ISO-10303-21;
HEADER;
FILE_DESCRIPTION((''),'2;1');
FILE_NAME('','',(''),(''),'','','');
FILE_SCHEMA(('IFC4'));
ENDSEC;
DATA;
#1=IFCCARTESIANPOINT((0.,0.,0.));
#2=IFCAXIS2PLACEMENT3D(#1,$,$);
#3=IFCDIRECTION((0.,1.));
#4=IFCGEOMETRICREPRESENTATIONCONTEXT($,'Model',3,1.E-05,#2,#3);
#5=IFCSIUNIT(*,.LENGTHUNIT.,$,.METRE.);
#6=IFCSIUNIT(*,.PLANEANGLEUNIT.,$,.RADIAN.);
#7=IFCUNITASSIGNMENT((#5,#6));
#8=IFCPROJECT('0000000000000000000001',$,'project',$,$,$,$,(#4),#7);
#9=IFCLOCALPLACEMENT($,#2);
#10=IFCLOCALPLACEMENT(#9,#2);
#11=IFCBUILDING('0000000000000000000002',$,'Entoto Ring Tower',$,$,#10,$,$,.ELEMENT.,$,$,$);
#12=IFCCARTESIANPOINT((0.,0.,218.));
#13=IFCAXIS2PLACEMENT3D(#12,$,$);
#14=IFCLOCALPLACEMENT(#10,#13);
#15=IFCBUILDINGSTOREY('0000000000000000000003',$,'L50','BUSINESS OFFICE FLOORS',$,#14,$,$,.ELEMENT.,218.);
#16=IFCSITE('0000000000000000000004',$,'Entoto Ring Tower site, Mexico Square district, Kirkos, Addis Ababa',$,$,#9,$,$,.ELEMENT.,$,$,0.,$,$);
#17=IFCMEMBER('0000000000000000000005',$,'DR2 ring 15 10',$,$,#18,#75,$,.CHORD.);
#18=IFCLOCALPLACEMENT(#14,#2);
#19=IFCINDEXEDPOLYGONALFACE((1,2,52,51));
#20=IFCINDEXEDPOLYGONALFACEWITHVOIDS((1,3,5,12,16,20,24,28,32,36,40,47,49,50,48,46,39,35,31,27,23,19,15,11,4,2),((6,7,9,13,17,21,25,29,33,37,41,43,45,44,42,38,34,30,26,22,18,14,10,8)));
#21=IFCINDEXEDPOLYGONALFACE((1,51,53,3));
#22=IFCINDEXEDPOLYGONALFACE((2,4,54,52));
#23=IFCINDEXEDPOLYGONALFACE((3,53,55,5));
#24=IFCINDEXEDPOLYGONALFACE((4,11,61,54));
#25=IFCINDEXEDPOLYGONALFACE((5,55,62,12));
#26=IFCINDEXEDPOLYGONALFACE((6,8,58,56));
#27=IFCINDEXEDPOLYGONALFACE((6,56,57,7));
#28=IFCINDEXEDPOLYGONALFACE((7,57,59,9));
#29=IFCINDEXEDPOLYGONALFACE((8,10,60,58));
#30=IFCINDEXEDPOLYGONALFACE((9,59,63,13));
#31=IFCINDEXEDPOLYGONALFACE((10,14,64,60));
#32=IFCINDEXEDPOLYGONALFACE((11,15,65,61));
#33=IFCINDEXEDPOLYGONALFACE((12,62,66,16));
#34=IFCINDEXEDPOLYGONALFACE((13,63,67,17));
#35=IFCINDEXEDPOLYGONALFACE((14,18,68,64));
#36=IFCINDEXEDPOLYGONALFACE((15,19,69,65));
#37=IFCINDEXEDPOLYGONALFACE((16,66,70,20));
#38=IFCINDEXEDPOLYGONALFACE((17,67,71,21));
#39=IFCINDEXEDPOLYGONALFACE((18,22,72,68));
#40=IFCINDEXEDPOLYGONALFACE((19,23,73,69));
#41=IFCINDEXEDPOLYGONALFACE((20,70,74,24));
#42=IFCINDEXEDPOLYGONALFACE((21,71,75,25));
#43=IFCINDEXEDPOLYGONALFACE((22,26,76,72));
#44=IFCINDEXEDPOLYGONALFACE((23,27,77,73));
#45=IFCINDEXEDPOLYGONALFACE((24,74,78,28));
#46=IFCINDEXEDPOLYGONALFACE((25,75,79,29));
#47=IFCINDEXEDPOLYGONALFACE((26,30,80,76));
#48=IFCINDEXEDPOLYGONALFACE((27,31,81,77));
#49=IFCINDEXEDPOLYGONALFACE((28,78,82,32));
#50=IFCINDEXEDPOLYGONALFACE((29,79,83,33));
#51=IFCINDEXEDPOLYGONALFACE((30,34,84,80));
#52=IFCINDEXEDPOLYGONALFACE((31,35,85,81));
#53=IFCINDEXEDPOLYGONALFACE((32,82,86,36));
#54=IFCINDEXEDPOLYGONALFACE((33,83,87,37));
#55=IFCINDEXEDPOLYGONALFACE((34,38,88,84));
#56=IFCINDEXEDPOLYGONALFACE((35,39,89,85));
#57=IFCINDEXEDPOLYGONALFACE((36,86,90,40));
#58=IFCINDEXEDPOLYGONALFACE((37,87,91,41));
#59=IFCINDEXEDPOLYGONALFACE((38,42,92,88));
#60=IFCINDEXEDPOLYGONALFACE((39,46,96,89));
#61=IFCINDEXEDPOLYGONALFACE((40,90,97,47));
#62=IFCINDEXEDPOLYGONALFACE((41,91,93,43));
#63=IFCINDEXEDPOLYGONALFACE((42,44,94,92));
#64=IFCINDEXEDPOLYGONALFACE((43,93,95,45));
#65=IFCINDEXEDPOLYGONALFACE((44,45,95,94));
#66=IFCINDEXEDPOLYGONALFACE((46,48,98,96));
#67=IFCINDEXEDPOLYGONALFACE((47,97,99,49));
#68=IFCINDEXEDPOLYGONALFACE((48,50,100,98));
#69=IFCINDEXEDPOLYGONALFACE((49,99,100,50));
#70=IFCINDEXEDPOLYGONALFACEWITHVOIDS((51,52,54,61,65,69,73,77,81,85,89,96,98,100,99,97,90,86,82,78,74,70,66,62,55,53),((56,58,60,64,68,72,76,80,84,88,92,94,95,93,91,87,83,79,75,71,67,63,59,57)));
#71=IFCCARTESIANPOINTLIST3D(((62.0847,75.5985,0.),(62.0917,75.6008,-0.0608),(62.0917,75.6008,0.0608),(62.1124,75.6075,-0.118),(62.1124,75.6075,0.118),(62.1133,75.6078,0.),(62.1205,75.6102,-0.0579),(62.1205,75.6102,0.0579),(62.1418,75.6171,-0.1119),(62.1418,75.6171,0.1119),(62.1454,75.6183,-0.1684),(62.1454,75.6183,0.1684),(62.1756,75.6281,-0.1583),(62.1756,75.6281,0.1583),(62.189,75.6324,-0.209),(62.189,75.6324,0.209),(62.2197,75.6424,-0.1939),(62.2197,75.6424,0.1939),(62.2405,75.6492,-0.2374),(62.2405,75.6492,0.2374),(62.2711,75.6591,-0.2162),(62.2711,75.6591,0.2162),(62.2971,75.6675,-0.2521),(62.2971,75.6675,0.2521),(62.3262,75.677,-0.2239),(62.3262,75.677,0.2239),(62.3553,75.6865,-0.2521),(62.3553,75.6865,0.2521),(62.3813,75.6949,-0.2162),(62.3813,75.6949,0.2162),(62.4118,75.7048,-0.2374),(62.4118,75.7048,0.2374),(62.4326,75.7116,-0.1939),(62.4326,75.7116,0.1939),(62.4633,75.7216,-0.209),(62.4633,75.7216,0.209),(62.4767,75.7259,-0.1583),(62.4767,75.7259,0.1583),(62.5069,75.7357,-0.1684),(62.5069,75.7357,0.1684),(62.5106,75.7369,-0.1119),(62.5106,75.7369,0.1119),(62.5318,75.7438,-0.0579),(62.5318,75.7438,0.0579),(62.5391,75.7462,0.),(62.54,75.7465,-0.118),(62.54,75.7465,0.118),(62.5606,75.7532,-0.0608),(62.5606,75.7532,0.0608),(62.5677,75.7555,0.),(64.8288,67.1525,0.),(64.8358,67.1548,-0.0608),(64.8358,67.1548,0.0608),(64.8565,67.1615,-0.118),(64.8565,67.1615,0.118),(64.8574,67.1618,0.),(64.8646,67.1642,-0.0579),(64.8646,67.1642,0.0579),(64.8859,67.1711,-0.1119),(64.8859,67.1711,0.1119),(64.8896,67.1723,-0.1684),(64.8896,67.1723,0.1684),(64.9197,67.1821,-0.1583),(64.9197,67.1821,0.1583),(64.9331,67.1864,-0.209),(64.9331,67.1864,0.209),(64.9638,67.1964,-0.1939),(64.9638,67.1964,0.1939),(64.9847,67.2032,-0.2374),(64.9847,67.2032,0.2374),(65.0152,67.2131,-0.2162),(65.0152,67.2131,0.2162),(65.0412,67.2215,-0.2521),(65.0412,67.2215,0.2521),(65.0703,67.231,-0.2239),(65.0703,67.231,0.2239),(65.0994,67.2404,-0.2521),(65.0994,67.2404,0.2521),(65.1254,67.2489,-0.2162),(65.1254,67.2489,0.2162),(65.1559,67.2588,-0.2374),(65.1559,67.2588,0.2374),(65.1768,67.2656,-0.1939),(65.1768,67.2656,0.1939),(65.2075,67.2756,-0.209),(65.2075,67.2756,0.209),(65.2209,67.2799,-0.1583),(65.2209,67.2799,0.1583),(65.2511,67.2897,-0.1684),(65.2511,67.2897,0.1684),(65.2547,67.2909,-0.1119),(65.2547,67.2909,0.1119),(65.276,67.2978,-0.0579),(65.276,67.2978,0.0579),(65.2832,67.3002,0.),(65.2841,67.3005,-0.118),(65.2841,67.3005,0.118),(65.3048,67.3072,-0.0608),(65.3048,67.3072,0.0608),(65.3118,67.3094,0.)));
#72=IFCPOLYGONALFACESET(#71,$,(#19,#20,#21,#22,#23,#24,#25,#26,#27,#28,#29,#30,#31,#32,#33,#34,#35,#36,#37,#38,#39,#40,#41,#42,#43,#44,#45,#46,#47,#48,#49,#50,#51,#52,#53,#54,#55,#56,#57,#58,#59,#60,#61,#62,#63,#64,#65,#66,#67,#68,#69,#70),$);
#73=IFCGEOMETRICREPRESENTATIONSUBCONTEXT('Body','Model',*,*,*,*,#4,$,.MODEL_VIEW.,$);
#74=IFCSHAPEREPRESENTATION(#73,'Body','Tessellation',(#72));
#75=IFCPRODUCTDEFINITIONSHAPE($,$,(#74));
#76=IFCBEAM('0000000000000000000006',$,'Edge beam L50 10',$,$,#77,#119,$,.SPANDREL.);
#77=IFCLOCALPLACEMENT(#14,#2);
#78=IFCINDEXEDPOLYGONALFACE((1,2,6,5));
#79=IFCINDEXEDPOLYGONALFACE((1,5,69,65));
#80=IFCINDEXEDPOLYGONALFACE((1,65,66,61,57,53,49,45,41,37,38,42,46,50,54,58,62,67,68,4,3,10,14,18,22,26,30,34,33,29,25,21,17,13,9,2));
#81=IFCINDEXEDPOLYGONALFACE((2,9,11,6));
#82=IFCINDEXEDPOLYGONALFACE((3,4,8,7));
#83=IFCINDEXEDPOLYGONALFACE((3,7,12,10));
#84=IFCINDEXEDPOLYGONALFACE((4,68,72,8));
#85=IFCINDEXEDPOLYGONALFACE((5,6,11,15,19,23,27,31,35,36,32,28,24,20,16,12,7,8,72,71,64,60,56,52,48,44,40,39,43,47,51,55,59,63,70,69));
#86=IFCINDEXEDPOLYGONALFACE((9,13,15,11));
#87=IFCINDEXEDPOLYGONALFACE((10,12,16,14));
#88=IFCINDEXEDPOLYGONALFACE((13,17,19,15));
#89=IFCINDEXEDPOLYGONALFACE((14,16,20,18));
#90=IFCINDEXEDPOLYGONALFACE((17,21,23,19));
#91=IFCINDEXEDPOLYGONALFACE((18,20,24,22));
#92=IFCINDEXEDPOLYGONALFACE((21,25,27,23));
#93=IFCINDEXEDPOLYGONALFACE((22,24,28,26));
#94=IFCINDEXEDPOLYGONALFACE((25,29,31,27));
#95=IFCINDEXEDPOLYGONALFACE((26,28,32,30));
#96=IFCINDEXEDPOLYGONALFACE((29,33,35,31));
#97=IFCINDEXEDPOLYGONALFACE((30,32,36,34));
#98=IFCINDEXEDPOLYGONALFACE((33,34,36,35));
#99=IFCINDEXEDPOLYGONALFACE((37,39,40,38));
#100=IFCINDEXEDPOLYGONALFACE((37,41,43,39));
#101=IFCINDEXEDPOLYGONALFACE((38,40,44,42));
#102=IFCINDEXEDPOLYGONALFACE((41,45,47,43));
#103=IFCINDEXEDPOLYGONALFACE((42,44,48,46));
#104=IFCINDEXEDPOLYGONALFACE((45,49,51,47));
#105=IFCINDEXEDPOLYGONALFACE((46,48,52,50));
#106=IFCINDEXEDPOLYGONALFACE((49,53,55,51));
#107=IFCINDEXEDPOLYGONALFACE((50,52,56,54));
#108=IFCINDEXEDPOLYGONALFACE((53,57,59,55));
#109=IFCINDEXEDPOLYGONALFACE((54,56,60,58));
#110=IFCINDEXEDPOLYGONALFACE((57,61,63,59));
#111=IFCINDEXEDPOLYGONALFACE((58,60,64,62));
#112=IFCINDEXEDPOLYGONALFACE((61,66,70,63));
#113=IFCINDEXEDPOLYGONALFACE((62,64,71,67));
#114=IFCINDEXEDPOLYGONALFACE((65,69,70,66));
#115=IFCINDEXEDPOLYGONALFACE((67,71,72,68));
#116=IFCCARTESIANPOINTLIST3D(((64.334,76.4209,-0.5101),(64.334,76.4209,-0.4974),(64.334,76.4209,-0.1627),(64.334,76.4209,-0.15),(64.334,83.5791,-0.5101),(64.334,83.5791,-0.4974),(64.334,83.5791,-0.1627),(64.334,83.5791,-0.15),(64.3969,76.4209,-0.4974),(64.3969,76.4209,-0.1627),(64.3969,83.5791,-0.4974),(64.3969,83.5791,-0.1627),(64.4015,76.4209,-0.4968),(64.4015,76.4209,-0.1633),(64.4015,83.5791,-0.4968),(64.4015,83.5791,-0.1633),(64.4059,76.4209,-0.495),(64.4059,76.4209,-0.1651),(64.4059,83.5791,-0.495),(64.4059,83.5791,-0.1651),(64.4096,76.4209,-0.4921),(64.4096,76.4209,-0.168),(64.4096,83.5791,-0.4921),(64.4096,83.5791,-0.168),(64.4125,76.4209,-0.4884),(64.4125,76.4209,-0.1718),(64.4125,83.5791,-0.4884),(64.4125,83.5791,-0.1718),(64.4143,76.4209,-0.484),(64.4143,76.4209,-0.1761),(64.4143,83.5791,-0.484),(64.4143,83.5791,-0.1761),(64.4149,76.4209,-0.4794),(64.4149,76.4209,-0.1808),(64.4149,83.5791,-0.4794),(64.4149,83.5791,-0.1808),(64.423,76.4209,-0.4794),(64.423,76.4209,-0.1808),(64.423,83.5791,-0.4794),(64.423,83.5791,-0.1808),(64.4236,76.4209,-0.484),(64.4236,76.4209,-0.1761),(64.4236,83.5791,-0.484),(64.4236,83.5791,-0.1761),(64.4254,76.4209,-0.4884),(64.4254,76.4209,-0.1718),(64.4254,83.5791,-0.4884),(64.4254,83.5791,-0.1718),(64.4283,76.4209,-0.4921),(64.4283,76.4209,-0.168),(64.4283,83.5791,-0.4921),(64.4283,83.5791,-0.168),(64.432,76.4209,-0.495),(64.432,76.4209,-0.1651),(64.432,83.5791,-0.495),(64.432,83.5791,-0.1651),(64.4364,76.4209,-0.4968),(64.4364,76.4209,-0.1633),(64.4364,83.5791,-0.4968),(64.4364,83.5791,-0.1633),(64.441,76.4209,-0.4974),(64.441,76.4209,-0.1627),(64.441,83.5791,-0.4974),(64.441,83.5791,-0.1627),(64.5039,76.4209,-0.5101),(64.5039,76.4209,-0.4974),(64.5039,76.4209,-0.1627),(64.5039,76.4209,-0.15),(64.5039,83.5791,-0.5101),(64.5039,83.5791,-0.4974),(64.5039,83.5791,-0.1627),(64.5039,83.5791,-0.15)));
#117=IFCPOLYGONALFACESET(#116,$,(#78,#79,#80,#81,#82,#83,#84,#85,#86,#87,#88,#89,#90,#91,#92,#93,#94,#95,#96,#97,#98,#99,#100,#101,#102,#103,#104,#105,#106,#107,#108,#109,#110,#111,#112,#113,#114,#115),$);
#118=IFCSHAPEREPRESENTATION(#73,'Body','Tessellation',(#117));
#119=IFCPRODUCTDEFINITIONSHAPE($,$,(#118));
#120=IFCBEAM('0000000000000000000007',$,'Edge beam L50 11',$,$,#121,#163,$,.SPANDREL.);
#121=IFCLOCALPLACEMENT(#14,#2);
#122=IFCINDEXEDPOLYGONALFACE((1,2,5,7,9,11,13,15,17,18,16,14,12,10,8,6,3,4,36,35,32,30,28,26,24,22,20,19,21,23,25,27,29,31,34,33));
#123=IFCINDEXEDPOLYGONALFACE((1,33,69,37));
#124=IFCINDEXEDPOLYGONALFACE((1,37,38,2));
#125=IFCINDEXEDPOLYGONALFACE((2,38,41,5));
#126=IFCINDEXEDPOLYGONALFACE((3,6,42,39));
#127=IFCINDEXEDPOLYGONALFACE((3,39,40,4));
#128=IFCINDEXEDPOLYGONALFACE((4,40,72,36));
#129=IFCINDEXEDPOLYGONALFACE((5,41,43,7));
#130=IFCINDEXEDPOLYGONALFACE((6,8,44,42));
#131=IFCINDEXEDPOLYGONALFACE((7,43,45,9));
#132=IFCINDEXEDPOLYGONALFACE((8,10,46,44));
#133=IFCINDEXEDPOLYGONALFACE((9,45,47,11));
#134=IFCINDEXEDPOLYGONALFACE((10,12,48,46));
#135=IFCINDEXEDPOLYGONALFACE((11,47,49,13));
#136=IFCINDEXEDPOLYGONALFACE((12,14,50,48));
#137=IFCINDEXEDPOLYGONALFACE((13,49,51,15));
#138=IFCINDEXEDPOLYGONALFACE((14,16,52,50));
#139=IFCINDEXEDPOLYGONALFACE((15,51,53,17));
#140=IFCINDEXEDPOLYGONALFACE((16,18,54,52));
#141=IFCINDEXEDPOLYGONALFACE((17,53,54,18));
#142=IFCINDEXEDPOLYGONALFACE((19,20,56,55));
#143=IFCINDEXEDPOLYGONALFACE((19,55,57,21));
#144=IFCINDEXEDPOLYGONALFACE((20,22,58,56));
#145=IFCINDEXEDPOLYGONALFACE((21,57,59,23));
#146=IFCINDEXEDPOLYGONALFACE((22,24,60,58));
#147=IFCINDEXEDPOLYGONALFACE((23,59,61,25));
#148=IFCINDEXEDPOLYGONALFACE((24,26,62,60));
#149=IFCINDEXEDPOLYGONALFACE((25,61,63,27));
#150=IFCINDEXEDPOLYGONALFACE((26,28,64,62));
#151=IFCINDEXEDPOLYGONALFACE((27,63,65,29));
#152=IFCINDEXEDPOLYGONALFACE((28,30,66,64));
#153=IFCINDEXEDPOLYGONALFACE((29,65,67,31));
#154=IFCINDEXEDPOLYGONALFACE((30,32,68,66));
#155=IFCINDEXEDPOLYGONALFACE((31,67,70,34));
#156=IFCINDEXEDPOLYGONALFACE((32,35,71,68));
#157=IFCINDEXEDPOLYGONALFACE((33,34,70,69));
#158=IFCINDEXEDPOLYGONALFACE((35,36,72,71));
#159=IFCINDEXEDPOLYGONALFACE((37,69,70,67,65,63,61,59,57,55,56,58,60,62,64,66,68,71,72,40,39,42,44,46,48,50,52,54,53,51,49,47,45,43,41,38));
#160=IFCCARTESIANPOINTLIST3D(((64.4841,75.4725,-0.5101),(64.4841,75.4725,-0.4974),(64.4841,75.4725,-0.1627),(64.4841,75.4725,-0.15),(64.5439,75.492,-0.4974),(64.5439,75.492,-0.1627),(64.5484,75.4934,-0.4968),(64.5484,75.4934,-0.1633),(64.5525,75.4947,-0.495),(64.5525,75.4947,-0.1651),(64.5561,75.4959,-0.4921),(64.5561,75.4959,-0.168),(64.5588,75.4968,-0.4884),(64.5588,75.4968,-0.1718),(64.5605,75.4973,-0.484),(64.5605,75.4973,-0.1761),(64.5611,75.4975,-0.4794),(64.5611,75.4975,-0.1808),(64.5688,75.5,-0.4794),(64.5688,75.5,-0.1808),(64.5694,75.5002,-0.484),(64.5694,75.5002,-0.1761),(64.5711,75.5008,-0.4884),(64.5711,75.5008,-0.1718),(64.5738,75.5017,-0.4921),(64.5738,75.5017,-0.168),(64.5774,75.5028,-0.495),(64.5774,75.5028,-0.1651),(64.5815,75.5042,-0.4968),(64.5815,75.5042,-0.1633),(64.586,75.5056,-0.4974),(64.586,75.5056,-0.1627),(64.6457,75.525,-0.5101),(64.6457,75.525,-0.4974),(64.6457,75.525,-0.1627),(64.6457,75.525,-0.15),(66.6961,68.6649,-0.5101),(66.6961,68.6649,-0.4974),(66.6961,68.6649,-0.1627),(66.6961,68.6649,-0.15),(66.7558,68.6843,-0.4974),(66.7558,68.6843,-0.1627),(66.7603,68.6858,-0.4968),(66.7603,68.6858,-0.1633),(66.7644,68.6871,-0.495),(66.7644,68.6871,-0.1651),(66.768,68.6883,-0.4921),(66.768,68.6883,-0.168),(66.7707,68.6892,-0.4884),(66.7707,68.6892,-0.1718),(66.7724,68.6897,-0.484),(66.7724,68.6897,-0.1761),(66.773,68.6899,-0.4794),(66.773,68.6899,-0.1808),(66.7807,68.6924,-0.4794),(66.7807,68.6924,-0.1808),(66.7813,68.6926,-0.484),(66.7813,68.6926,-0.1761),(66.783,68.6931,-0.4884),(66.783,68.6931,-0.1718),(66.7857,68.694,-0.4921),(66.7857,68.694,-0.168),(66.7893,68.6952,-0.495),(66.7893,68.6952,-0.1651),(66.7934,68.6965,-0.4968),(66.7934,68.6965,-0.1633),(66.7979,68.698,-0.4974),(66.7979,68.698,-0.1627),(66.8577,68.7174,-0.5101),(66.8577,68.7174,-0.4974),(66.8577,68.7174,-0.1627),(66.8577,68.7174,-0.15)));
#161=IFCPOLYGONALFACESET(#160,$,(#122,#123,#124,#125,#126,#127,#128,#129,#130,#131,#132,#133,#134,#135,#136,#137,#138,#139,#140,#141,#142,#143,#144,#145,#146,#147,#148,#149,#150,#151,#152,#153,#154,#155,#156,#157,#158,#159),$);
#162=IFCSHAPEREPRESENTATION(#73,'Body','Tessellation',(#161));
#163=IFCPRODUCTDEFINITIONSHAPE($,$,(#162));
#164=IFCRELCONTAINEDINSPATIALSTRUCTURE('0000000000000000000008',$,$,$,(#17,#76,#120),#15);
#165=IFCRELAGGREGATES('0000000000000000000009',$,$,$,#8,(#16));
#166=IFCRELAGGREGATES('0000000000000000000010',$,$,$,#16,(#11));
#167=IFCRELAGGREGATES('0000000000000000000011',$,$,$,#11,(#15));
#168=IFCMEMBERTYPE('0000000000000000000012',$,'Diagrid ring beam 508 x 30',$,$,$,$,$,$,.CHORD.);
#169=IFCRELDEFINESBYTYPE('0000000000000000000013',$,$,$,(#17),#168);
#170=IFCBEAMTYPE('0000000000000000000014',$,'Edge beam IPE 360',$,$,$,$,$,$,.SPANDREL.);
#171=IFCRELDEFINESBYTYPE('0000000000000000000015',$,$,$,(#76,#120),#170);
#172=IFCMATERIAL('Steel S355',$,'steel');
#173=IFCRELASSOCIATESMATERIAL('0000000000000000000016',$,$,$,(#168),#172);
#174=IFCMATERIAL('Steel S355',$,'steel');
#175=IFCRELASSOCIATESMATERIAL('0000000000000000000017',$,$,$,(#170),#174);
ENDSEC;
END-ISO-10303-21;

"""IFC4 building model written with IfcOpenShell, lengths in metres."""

from ifc_helpers import new_model, si_unit, direction, frame, origin, origin_2d, place, context, subcontext, project, spatial, circle, hollow_circle, i_section, extrude, material, material_profile, profile_set, type_object, element, save


model = new_model("IFC4")

# Units and contexts
model_context = context("Model", 3, precision=1e-05, world=origin(), true_north=direction((0.0, 1.0)))
body_context = subcontext(model_context, "Body", "Model", "MODEL_VIEW")
ifc_project = project(units=[si_unit("LENGTHUNIT", "METRE"), si_unit("PLANEANGLEUNIT", "RADIAN")], contexts=[model_context])

# Site, building, storey
site_placement = place(None, origin())
site = spatial("IfcSite", under=ifc_project, at=site_placement, Name="Entoto Ring Tower site, Mexico Square district, Kirkos, Addis Ababa", CompositionType="ELEMENT", RefElevation=0.0)
building_placement = place(site_placement, origin())
building = spatial("IfcBuilding", under=site, at=building_placement, Name="Entoto Ring Tower", CompositionType="ELEMENT")
storey_placement = place(building_placement, frame((0.0, 0.0, 218.0)))
storey = spatial("IfcBuildingStorey", under=building, at=storey_placement, Name="L50", Description="BUSINESS OFFICE FLOORS", CompositionType="ELEMENT", Elevation=218.0)

# Member
ifc_material_1 = material(Name="Steel S355", Category="steel")
ifc_material_profile_1 = material_profile(ifc_material_1, hollow_circle(Radius=0.2539, WallThickness=0.03, at=origin_2d()), Name="CHS 508 x 30")
ifc_material_2 = material(Name="Concrete C60/75", Category="concrete")
ifc_material_profile_2 = material_profile(ifc_material_2, circle(Radius=0.2241, at=origin_2d()), Name="Concrete C60/75 infill")
ifc_profile_set_1 = profile_set([ifc_material_profile_1, ifc_material_profile_2], Name="Steel S355")
member_type_1 = type_object("IfcMemberType", Name="Diagrid ring beam 508 x 30", PredefinedType="CHORD", material=ifc_profile_set_1)
member_1_placement = place(storey_placement, frame((62.3262, 75.677, 0.0), z_axis=(0.309002, -0.951061, 0.0), x_axis=(0.951061, 0.309002, 0.0)))
element("IfcMember", 1, at=member_1_placement, inside=storey, type_object=member_type_1, Name="DR2 ring 15 10", PredefinedType="CHORD", context=body_context, shape_type="SweptSolid", body=[
    extrude(hollow_circle(Radius=0.2539, WallThickness=0.03, at=origin_2d()), origin(), (0.0, 0.0, 1.0), 8.8806),
])

# Beams
ifc_material_3 = material(Name="Steel S355", Category="steel")
ifc_material_profile_3 = material_profile(ifc_material_3, i_section(OverallWidth=0.1699, OverallDepth=0.3601, WebThickness=0.0081, FlangeThickness=0.0127, FilletRadius=0.0181, at=origin_2d()), Name="IPE 360")
ifc_profile_set_2 = profile_set([ifc_material_profile_3], Name="Steel S355")
beam_type_1 = type_object("IfcBeamType", Name="Edge beam IPE 360", PredefinedType="SPANDREL", material=ifc_profile_set_2)
beam_1_placement = place(storey_placement, frame((64.4189, 83.5791, -0.3301), z_axis=(0.0, -1.0, 0.0), x_axis=(1.0, 0.0, 0.0)))
element("IfcBeam", 2, at=beam_1_placement, inside=storey, type_object=beam_type_1, Name="Edge beam L50 10", PredefinedType="SPANDREL", context=body_context, shape_type="SweptSolid", body=[
    extrude(i_section(OverallWidth=0.1699, OverallDepth=0.3601, WebThickness=0.0081, FlangeThickness=0.0127, FilletRadius=0.0181, at=origin_2d()), origin(), (0.0, 0.0, 1.0), 7.1582),
])
beam_2_placement = place(storey_placement, frame((64.5649, 75.4988, -0.3301), z_axis=(0.309015, -0.951057, 0.0), x_axis=(0.951057, 0.309015, 0.0)))
element("IfcBeam", 3, at=beam_2_placement, inside=storey, type_object=beam_type_1, Name="Edge beam L50 11", PredefinedType="SPANDREL", context=body_context, shape_type="SweptSolid", body=[
    extrude(i_section(OverallWidth=0.1699, OverallDepth=0.3601, WebThickness=0.0081, FlangeThickness=0.0127, FilletRadius=0.0181, at=origin_2d()), origin(), (0.0, 0.0, 1.0), 7.158),
])

save(model, "model.ifc")
